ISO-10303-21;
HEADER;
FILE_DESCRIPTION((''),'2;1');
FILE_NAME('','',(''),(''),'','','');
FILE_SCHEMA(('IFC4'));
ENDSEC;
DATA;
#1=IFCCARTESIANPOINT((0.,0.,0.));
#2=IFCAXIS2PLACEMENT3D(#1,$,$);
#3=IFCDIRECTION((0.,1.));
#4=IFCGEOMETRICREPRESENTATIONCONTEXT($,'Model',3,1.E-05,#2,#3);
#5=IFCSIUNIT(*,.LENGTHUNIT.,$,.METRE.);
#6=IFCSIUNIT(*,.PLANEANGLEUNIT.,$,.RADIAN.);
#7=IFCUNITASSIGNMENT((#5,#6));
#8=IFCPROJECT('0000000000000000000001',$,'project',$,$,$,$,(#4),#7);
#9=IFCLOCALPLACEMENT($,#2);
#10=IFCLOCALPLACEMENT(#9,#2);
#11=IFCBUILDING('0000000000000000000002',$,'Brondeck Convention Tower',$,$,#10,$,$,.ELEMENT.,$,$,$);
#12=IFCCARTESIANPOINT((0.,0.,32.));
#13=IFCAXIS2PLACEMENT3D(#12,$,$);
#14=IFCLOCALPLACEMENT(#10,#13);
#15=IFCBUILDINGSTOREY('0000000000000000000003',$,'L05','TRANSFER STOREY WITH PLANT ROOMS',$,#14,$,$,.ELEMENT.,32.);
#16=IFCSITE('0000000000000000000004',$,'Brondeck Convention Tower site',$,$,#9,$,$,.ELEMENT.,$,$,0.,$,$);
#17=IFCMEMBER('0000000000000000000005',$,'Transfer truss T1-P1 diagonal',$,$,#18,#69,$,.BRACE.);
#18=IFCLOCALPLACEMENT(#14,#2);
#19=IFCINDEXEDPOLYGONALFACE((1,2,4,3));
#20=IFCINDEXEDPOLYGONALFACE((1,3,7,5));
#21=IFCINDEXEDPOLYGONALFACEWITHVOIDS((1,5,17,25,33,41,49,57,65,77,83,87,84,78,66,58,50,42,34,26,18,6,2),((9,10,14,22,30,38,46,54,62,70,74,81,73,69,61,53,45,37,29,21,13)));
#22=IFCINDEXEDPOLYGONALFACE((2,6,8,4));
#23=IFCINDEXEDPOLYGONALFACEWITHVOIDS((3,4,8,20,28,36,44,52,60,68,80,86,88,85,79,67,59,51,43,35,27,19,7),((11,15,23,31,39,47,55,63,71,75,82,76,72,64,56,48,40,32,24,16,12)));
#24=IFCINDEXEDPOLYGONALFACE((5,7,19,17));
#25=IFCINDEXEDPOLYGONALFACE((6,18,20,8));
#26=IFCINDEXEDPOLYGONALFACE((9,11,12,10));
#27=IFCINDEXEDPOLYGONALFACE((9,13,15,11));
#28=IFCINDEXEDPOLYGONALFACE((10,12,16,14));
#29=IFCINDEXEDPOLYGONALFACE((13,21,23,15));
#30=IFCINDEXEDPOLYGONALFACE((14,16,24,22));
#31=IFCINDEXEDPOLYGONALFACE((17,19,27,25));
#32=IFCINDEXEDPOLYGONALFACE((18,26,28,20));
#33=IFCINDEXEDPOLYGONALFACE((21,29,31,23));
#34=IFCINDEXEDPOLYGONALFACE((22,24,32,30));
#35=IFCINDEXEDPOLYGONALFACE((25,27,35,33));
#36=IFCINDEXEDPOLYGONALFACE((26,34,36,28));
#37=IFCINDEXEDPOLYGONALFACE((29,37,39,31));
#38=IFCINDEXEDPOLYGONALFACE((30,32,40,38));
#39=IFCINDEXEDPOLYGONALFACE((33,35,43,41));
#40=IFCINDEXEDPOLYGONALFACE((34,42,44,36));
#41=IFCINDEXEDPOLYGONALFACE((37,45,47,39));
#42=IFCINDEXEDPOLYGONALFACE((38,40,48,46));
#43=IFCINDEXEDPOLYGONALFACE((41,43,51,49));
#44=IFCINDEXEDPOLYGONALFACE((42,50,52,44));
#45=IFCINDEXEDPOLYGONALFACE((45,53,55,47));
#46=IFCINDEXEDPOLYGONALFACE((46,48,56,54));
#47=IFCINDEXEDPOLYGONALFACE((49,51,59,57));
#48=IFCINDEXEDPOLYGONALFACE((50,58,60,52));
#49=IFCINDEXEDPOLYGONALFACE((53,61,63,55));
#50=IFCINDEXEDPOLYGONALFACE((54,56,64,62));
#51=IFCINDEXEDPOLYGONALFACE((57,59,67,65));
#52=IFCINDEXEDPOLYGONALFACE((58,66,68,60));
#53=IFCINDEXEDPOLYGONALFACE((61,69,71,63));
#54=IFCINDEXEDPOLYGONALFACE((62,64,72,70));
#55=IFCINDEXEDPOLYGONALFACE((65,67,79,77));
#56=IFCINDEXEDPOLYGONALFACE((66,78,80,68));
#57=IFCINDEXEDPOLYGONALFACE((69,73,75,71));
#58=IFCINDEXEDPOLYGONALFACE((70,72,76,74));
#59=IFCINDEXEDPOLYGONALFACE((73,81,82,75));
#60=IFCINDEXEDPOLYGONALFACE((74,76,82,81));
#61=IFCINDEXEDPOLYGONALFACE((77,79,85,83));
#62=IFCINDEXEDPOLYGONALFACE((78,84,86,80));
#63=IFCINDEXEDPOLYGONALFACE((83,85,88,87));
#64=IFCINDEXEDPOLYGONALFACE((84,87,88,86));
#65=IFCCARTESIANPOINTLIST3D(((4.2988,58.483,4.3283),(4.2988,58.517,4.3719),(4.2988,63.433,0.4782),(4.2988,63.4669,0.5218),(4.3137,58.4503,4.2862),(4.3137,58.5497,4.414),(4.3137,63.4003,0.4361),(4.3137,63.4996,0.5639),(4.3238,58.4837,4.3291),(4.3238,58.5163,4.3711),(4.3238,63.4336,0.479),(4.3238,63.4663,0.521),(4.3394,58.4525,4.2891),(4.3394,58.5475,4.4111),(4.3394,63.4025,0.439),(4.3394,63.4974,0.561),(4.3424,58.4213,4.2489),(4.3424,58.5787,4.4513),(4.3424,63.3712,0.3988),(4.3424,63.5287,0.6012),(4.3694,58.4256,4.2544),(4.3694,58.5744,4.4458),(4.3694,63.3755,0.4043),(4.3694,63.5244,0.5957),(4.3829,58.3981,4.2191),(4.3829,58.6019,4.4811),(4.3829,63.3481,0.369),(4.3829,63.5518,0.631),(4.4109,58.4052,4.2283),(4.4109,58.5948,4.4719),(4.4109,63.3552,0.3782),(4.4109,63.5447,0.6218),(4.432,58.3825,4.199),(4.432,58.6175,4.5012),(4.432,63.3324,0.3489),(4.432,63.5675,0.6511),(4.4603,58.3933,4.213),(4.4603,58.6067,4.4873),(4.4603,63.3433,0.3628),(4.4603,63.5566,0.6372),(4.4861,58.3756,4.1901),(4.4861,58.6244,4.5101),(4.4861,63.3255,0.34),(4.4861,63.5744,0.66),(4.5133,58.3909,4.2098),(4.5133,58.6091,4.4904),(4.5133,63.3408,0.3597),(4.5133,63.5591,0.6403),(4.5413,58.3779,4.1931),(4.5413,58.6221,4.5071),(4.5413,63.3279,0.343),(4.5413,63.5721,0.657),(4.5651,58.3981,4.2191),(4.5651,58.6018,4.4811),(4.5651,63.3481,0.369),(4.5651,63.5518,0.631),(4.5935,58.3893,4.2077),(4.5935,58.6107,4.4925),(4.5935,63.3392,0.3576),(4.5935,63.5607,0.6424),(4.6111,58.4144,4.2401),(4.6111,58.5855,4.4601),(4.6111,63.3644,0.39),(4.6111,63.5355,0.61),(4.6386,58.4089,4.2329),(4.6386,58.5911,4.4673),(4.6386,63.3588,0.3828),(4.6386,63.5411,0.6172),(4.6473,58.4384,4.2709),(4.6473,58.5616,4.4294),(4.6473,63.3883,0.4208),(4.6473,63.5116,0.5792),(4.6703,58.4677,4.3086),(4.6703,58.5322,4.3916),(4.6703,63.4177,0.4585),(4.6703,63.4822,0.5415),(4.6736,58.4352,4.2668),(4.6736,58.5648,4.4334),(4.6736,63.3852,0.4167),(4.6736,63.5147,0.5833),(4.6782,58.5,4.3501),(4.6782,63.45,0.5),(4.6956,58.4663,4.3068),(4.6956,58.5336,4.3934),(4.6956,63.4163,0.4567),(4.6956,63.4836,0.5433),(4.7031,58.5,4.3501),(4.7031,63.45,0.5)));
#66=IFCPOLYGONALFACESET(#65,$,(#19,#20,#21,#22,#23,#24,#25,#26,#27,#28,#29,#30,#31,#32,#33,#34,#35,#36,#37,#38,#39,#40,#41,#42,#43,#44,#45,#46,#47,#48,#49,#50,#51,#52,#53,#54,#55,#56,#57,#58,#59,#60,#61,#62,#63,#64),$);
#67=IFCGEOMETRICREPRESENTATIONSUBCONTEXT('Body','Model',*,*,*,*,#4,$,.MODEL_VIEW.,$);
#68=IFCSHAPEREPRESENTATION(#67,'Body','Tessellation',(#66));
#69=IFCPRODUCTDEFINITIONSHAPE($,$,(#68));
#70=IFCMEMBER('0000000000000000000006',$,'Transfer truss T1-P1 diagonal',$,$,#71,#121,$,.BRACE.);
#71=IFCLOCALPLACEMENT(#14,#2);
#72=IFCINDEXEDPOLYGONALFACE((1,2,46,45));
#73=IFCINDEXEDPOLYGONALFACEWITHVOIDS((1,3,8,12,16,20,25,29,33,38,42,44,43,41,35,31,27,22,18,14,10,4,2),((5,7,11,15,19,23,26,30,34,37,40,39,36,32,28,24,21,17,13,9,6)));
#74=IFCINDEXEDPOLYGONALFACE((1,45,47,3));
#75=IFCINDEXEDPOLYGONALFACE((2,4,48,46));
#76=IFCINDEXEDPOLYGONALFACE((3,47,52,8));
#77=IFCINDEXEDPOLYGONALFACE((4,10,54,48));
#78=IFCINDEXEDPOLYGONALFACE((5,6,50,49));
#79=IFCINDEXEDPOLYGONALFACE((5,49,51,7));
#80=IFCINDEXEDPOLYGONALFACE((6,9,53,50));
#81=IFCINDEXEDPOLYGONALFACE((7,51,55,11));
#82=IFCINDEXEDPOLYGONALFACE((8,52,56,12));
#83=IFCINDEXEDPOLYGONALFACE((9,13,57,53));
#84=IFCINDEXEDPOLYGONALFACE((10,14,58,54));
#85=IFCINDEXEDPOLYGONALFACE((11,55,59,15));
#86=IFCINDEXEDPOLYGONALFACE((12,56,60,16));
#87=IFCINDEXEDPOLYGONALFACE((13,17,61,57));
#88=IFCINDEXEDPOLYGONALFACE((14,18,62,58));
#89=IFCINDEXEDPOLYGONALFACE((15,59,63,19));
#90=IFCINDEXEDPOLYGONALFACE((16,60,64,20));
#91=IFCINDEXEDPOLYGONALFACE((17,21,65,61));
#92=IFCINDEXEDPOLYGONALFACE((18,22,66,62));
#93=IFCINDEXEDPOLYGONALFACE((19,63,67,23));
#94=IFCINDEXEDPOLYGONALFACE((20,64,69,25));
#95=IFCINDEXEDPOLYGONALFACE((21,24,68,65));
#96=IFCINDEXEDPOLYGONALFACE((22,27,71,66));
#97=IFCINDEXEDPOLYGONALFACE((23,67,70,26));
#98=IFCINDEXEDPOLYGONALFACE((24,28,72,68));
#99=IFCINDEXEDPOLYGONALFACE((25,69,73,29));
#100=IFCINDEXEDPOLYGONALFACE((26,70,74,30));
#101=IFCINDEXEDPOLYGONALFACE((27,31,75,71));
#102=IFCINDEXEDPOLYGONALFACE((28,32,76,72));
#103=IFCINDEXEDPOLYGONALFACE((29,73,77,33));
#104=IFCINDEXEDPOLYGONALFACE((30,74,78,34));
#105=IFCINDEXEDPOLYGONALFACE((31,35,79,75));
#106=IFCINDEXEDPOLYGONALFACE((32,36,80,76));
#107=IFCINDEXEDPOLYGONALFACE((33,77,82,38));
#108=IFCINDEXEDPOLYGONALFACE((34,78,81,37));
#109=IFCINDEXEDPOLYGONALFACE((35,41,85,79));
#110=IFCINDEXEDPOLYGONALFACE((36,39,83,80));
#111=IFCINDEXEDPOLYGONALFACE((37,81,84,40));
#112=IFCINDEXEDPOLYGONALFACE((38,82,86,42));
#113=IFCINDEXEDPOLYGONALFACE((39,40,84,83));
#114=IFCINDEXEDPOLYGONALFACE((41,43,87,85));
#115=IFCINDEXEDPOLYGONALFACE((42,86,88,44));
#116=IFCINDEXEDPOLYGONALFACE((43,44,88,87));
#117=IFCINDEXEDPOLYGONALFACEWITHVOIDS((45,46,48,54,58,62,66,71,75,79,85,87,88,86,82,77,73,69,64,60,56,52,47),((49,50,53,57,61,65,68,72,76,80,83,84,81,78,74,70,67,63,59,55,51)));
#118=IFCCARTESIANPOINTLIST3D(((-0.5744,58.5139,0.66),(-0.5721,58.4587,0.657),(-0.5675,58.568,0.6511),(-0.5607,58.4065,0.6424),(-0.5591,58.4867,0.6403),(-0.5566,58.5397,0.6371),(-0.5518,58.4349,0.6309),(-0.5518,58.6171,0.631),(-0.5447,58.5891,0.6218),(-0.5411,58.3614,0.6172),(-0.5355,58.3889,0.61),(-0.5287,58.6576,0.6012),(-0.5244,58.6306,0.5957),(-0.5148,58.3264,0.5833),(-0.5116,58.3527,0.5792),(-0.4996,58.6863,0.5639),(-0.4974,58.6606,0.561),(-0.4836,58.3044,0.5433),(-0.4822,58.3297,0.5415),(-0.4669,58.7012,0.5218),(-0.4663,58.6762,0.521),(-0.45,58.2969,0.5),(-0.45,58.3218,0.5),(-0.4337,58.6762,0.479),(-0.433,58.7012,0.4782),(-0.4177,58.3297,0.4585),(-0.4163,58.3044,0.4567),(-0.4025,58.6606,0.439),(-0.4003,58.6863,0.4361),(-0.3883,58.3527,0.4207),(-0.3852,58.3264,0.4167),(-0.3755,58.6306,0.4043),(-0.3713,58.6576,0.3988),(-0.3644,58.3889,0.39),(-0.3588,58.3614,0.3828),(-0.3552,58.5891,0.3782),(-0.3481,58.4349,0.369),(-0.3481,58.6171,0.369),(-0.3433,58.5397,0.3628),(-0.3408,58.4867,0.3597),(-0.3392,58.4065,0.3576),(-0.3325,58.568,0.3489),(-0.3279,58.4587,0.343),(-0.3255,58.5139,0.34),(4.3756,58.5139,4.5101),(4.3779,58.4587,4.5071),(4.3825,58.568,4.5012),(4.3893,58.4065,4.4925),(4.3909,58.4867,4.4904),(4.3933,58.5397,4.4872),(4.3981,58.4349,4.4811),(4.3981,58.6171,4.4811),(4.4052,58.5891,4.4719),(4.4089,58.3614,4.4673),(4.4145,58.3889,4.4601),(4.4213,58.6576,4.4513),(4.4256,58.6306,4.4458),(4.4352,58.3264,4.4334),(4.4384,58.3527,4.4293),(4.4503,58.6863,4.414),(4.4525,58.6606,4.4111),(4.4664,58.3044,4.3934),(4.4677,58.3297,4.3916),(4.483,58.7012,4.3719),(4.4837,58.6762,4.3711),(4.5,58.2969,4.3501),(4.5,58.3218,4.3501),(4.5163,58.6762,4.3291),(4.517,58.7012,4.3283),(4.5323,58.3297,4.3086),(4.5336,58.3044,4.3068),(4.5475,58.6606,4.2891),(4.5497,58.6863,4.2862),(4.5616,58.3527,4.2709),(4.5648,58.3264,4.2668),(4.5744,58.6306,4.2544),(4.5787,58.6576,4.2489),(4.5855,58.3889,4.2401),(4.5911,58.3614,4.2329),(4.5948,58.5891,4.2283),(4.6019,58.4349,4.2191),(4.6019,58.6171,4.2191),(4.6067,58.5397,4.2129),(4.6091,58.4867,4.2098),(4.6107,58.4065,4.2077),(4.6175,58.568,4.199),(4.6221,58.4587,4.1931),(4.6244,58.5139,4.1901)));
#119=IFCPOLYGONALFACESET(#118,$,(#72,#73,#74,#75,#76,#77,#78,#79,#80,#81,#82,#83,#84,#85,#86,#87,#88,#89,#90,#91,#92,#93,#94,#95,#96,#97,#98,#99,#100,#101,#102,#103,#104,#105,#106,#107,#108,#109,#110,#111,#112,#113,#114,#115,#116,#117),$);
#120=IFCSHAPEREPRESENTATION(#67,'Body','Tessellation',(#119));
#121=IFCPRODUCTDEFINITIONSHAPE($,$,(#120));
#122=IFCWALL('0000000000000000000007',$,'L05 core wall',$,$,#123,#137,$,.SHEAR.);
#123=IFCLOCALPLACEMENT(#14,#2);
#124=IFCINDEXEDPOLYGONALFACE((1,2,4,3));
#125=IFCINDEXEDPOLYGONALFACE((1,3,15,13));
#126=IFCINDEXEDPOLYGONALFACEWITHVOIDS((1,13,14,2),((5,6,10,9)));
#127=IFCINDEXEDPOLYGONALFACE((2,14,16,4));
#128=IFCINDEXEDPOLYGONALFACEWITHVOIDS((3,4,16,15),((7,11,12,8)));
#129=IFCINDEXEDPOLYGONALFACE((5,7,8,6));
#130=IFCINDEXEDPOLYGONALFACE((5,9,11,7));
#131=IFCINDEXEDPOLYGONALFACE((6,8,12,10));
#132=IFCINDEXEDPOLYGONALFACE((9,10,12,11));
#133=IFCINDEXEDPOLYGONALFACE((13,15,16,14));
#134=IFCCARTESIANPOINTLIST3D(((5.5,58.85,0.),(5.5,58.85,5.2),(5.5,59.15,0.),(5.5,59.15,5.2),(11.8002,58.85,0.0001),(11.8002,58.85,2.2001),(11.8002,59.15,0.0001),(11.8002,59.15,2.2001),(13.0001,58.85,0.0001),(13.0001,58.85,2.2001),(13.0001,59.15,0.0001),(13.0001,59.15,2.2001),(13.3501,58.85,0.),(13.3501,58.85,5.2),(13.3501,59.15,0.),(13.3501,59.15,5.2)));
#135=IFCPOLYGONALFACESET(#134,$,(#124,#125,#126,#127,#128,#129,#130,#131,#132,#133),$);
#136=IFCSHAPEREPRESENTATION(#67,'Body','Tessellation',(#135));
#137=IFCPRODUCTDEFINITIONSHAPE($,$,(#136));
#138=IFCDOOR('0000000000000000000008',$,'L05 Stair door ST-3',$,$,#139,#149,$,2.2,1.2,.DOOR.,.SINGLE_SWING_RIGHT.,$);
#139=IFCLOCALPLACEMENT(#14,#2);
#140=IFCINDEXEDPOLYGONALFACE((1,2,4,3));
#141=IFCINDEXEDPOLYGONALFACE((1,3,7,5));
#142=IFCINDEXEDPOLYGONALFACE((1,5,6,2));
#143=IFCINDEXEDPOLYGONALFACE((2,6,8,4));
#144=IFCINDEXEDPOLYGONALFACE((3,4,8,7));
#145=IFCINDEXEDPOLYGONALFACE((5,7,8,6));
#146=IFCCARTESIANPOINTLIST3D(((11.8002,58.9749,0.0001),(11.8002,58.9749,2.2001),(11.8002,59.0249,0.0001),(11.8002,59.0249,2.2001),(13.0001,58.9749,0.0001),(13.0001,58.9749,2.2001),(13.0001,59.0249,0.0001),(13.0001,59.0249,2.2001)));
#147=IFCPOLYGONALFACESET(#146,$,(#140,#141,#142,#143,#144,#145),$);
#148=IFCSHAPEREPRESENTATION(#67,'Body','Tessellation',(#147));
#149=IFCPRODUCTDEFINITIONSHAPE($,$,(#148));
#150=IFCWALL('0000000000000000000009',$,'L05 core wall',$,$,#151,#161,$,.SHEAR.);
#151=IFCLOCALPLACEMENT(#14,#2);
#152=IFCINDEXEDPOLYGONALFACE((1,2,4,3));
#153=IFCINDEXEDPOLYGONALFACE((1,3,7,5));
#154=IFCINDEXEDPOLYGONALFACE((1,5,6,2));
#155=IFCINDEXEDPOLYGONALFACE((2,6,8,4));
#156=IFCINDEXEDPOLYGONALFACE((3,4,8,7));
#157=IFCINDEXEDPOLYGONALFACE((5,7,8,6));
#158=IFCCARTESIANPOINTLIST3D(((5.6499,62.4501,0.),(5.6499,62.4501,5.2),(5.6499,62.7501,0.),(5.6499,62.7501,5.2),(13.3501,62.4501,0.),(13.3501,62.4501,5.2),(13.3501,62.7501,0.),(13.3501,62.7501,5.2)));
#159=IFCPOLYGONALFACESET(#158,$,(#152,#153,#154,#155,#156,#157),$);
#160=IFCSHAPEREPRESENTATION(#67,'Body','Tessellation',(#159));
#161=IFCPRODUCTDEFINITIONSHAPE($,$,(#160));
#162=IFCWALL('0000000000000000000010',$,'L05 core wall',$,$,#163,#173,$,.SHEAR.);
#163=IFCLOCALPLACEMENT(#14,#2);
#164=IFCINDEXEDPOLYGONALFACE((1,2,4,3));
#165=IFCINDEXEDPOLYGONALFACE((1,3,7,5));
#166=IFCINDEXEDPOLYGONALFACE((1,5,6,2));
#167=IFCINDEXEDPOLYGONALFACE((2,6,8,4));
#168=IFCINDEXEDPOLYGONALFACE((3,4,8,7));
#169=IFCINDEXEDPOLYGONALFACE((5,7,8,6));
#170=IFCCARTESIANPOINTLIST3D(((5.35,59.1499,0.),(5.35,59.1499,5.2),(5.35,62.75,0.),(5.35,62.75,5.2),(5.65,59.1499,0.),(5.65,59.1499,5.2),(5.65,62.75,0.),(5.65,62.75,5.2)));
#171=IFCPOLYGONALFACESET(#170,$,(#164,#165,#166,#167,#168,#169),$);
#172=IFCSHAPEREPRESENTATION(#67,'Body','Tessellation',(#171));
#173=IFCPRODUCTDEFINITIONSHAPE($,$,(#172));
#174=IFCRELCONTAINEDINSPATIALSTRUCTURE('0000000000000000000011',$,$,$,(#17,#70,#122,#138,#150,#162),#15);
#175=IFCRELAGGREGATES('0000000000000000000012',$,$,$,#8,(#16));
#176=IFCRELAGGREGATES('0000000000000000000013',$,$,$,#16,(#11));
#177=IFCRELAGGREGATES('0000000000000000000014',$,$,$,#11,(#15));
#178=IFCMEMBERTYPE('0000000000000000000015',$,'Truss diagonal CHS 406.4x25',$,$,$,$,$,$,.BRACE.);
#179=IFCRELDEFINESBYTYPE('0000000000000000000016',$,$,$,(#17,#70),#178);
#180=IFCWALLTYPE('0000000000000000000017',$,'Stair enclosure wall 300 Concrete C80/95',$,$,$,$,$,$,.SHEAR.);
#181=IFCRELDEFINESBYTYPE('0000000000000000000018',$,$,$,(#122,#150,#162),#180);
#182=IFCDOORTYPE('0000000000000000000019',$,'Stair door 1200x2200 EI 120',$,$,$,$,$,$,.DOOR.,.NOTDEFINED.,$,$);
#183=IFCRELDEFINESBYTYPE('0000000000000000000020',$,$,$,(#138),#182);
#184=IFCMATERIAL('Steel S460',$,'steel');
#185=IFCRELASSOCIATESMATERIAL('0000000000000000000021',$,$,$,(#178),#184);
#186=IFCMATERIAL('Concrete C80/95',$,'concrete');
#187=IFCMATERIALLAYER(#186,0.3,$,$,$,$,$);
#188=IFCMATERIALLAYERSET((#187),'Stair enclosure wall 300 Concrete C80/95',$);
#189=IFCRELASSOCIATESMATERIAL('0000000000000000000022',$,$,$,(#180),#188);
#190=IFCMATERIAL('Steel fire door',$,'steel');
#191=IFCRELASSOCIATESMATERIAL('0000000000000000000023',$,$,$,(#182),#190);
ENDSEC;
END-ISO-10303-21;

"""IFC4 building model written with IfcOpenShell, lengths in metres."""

from ifc_helpers import new_model, si_unit, direction, frame, frame_2d, origin, origin_2d, place, context, subcontext, project, spatial, rectangle, hollow_circle, extrude, material, layer, layer_set, material_profile, profile_set, type_object, element, fill, save


model = new_model("IFC4")

# Units and contexts
model_context = context("Model", 3, precision=1e-05, world=origin(), true_north=direction((0.0, 1.0)))
body_context = subcontext(model_context, "Body", "Model", "MODEL_VIEW")
ifc_project = project(units=[si_unit("LENGTHUNIT", "METRE"), si_unit("PLANEANGLEUNIT", "RADIAN")], contexts=[model_context])

# Site, building, storey
site_placement = place(None, origin())
site = spatial("IfcSite", under=ifc_project, at=site_placement, Name="Brondeck Convention Tower site", CompositionType="ELEMENT", RefElevation=0.0)
building_placement = place(site_placement, origin())
building = spatial("IfcBuilding", under=site, at=building_placement, Name="Brondeck Convention Tower", CompositionType="ELEMENT")
storey_placement = place(building_placement, frame((0.0, 0.0, 32.0)))
storey = spatial("IfcBuildingStorey", under=building, at=storey_placement, Name="L05", Description="TRANSFER STOREY WITH PLANT ROOMS", CompositionType="ELEMENT", Elevation=32.0)

# Shared definitions
ifc_material_1 = material(Name="Steel S460", Category="steel")

# Shared definitions
ifc_material_2 = material(Name="Concrete C80/95", Category="concrete")

# Members
ifc_material_profile_1 = material_profile(ifc_material_1, hollow_circle(Radius=0.2031, WallThickness=0.0249, at=origin_2d()), Name="CHS 406.4x25")
ifc_profile_set_1 = profile_set([ifc_material_profile_1], Name="Steel S460")
member_type_1 = type_object("IfcMemberType", Name="Truss diagonal CHS 406.4x25", PredefinedType="BRACE", material=ifc_profile_set_1)
for number, where, z_axis, x_axis, name in (
    (1, (4.5, 63.45, 0.5), (0.0, -0.789342, 0.613954), (1.0, 0.0, 0.0), "Transfer truss T1-P1 diagonal"),
    (2, (4.5, 58.5, 4.3501), (-0.789342, 0.0, -0.613954), (0.0, -1.0, 0.0), "Transfer truss T1-P1 diagonal"),
):
    element("IfcMember", number, at=place(storey_placement, frame(where, z_axis=z_axis, x_axis=x_axis)), inside=storey, type_object=member_type_1, Name=name, PredefinedType="BRACE", context=body_context, shape_type="SweptSolid", body=[
        extrude(hollow_circle(Radius=0.2031, WallThickness=0.0249, at=origin_2d()), origin(), (0.0, 0.0, 1.0), 6.271),
    ])

# Wall, opening, door
ifc_layer_1 = layer(ifc_material_2, 0.3)
ifc_layer_set_1 = layer_set([ifc_layer_1], Name="Stair enclosure wall 300 Concrete C80/95")
wall_type = type_object("IfcWallType", Name="Stair enclosure wall 300 Concrete C80/95", PredefinedType="SHEAR", material=ifc_layer_set_1)
wall_1_placement = place(storey_placement, frame((5.5, 59.0, 0.0), z_axis=(0.0, 0.0, 1.0), x_axis=(1.0, 0.0, 0.0)))
wall_1 = element("IfcWall", 3, at=wall_1_placement, inside=storey, type_object=wall_type, Name="L05 core wall", PredefinedType="SHEAR", context=body_context, shape_type="SweptSolid", body=[
    extrude(rectangle(XDim=7.8501, YDim=0.3, at=frame_2d((3.925, 0.0))), origin(), (0.0, 0.0, 1.0), 5.2),
])
opening_placement = place(wall_1_placement, frame((6.3, 0.0, 0.0)))
opening = element("IfcOpeningElement", 4, at=opening_placement, cuts=wall_1, PredefinedType="OPENING", context=body_context, shape_type="SweptSolid", body=[
    extrude(rectangle(XDim=1.2, YDim=2.2, at=frame_2d((0.6001, 1.1001))), frame((0.0, 0.1599, 0.0), z_axis=(0.0, -1.0, 0.0), x_axis=(1.0, 0.0, 0.0)), (0.0, 0.0, 1.0), 0.3201),
])
ifc_material_3 = material(Name="Steel fire door", Category="steel")
door_type = type_object("IfcDoorType", Name="Stair door 1200x2200 EI 120", OperationType="NOTDEFINED", PredefinedType="DOOR", material=ifc_material_3)
door_placement = place(opening_placement, origin())
door = element("IfcDoor", 5, at=door_placement, inside=storey, type_object=door_type, Name="L05 Stair door ST-3", OperationType="SINGLE_SWING_RIGHT", OverallHeight=2.2, OverallWidth=1.2, PredefinedType="DOOR", context=body_context, shape_type="SweptSolid", body=[
    extrude(rectangle(XDim=1.2, YDim=2.2, at=frame_2d((0.6001, 1.1001))), frame((0.0, 0.0249, 0.0), z_axis=(0.0, -1.0, 0.0), x_axis=(1.0, 0.0, 0.0)), (0.0, 0.0, 1.0), 0.05),
])
fill(opening, door)

# Walls
wall_2_placement = place(storey_placement, frame((5.6499, 62.6001, 0.0), z_axis=(0.0, 0.0, 1.0), x_axis=(1.0, 0.0, 0.0)))
element("IfcWall", 6, at=wall_2_placement, inside=storey, type_object=wall_type, Name="L05 core wall", PredefinedType="SHEAR", context=body_context, shape_type="SweptSolid", body=[
    extrude(rectangle(XDim=7.7002, YDim=0.3, at=frame_2d((3.8501, 0.0))), origin(), (0.0, 0.0, 1.0), 5.2),
])
wall_3_placement = place(storey_placement, frame((5.5, 59.1499, 0.0), z_axis=(0.0, 0.0, 1.0), x_axis=(0.0, 1.0, 0.0)))
element("IfcWall", 7, at=wall_3_placement, inside=storey, type_object=wall_type, Name="L05 core wall", PredefinedType="SHEAR", context=body_context, shape_type="SweptSolid", body=[
    extrude(rectangle(XDim=3.6001, YDim=0.3, at=frame_2d((1.8, 0.0))), origin(), (0.0, 0.0, 1.0), 5.2),
])

save(model, "model.ifc")
